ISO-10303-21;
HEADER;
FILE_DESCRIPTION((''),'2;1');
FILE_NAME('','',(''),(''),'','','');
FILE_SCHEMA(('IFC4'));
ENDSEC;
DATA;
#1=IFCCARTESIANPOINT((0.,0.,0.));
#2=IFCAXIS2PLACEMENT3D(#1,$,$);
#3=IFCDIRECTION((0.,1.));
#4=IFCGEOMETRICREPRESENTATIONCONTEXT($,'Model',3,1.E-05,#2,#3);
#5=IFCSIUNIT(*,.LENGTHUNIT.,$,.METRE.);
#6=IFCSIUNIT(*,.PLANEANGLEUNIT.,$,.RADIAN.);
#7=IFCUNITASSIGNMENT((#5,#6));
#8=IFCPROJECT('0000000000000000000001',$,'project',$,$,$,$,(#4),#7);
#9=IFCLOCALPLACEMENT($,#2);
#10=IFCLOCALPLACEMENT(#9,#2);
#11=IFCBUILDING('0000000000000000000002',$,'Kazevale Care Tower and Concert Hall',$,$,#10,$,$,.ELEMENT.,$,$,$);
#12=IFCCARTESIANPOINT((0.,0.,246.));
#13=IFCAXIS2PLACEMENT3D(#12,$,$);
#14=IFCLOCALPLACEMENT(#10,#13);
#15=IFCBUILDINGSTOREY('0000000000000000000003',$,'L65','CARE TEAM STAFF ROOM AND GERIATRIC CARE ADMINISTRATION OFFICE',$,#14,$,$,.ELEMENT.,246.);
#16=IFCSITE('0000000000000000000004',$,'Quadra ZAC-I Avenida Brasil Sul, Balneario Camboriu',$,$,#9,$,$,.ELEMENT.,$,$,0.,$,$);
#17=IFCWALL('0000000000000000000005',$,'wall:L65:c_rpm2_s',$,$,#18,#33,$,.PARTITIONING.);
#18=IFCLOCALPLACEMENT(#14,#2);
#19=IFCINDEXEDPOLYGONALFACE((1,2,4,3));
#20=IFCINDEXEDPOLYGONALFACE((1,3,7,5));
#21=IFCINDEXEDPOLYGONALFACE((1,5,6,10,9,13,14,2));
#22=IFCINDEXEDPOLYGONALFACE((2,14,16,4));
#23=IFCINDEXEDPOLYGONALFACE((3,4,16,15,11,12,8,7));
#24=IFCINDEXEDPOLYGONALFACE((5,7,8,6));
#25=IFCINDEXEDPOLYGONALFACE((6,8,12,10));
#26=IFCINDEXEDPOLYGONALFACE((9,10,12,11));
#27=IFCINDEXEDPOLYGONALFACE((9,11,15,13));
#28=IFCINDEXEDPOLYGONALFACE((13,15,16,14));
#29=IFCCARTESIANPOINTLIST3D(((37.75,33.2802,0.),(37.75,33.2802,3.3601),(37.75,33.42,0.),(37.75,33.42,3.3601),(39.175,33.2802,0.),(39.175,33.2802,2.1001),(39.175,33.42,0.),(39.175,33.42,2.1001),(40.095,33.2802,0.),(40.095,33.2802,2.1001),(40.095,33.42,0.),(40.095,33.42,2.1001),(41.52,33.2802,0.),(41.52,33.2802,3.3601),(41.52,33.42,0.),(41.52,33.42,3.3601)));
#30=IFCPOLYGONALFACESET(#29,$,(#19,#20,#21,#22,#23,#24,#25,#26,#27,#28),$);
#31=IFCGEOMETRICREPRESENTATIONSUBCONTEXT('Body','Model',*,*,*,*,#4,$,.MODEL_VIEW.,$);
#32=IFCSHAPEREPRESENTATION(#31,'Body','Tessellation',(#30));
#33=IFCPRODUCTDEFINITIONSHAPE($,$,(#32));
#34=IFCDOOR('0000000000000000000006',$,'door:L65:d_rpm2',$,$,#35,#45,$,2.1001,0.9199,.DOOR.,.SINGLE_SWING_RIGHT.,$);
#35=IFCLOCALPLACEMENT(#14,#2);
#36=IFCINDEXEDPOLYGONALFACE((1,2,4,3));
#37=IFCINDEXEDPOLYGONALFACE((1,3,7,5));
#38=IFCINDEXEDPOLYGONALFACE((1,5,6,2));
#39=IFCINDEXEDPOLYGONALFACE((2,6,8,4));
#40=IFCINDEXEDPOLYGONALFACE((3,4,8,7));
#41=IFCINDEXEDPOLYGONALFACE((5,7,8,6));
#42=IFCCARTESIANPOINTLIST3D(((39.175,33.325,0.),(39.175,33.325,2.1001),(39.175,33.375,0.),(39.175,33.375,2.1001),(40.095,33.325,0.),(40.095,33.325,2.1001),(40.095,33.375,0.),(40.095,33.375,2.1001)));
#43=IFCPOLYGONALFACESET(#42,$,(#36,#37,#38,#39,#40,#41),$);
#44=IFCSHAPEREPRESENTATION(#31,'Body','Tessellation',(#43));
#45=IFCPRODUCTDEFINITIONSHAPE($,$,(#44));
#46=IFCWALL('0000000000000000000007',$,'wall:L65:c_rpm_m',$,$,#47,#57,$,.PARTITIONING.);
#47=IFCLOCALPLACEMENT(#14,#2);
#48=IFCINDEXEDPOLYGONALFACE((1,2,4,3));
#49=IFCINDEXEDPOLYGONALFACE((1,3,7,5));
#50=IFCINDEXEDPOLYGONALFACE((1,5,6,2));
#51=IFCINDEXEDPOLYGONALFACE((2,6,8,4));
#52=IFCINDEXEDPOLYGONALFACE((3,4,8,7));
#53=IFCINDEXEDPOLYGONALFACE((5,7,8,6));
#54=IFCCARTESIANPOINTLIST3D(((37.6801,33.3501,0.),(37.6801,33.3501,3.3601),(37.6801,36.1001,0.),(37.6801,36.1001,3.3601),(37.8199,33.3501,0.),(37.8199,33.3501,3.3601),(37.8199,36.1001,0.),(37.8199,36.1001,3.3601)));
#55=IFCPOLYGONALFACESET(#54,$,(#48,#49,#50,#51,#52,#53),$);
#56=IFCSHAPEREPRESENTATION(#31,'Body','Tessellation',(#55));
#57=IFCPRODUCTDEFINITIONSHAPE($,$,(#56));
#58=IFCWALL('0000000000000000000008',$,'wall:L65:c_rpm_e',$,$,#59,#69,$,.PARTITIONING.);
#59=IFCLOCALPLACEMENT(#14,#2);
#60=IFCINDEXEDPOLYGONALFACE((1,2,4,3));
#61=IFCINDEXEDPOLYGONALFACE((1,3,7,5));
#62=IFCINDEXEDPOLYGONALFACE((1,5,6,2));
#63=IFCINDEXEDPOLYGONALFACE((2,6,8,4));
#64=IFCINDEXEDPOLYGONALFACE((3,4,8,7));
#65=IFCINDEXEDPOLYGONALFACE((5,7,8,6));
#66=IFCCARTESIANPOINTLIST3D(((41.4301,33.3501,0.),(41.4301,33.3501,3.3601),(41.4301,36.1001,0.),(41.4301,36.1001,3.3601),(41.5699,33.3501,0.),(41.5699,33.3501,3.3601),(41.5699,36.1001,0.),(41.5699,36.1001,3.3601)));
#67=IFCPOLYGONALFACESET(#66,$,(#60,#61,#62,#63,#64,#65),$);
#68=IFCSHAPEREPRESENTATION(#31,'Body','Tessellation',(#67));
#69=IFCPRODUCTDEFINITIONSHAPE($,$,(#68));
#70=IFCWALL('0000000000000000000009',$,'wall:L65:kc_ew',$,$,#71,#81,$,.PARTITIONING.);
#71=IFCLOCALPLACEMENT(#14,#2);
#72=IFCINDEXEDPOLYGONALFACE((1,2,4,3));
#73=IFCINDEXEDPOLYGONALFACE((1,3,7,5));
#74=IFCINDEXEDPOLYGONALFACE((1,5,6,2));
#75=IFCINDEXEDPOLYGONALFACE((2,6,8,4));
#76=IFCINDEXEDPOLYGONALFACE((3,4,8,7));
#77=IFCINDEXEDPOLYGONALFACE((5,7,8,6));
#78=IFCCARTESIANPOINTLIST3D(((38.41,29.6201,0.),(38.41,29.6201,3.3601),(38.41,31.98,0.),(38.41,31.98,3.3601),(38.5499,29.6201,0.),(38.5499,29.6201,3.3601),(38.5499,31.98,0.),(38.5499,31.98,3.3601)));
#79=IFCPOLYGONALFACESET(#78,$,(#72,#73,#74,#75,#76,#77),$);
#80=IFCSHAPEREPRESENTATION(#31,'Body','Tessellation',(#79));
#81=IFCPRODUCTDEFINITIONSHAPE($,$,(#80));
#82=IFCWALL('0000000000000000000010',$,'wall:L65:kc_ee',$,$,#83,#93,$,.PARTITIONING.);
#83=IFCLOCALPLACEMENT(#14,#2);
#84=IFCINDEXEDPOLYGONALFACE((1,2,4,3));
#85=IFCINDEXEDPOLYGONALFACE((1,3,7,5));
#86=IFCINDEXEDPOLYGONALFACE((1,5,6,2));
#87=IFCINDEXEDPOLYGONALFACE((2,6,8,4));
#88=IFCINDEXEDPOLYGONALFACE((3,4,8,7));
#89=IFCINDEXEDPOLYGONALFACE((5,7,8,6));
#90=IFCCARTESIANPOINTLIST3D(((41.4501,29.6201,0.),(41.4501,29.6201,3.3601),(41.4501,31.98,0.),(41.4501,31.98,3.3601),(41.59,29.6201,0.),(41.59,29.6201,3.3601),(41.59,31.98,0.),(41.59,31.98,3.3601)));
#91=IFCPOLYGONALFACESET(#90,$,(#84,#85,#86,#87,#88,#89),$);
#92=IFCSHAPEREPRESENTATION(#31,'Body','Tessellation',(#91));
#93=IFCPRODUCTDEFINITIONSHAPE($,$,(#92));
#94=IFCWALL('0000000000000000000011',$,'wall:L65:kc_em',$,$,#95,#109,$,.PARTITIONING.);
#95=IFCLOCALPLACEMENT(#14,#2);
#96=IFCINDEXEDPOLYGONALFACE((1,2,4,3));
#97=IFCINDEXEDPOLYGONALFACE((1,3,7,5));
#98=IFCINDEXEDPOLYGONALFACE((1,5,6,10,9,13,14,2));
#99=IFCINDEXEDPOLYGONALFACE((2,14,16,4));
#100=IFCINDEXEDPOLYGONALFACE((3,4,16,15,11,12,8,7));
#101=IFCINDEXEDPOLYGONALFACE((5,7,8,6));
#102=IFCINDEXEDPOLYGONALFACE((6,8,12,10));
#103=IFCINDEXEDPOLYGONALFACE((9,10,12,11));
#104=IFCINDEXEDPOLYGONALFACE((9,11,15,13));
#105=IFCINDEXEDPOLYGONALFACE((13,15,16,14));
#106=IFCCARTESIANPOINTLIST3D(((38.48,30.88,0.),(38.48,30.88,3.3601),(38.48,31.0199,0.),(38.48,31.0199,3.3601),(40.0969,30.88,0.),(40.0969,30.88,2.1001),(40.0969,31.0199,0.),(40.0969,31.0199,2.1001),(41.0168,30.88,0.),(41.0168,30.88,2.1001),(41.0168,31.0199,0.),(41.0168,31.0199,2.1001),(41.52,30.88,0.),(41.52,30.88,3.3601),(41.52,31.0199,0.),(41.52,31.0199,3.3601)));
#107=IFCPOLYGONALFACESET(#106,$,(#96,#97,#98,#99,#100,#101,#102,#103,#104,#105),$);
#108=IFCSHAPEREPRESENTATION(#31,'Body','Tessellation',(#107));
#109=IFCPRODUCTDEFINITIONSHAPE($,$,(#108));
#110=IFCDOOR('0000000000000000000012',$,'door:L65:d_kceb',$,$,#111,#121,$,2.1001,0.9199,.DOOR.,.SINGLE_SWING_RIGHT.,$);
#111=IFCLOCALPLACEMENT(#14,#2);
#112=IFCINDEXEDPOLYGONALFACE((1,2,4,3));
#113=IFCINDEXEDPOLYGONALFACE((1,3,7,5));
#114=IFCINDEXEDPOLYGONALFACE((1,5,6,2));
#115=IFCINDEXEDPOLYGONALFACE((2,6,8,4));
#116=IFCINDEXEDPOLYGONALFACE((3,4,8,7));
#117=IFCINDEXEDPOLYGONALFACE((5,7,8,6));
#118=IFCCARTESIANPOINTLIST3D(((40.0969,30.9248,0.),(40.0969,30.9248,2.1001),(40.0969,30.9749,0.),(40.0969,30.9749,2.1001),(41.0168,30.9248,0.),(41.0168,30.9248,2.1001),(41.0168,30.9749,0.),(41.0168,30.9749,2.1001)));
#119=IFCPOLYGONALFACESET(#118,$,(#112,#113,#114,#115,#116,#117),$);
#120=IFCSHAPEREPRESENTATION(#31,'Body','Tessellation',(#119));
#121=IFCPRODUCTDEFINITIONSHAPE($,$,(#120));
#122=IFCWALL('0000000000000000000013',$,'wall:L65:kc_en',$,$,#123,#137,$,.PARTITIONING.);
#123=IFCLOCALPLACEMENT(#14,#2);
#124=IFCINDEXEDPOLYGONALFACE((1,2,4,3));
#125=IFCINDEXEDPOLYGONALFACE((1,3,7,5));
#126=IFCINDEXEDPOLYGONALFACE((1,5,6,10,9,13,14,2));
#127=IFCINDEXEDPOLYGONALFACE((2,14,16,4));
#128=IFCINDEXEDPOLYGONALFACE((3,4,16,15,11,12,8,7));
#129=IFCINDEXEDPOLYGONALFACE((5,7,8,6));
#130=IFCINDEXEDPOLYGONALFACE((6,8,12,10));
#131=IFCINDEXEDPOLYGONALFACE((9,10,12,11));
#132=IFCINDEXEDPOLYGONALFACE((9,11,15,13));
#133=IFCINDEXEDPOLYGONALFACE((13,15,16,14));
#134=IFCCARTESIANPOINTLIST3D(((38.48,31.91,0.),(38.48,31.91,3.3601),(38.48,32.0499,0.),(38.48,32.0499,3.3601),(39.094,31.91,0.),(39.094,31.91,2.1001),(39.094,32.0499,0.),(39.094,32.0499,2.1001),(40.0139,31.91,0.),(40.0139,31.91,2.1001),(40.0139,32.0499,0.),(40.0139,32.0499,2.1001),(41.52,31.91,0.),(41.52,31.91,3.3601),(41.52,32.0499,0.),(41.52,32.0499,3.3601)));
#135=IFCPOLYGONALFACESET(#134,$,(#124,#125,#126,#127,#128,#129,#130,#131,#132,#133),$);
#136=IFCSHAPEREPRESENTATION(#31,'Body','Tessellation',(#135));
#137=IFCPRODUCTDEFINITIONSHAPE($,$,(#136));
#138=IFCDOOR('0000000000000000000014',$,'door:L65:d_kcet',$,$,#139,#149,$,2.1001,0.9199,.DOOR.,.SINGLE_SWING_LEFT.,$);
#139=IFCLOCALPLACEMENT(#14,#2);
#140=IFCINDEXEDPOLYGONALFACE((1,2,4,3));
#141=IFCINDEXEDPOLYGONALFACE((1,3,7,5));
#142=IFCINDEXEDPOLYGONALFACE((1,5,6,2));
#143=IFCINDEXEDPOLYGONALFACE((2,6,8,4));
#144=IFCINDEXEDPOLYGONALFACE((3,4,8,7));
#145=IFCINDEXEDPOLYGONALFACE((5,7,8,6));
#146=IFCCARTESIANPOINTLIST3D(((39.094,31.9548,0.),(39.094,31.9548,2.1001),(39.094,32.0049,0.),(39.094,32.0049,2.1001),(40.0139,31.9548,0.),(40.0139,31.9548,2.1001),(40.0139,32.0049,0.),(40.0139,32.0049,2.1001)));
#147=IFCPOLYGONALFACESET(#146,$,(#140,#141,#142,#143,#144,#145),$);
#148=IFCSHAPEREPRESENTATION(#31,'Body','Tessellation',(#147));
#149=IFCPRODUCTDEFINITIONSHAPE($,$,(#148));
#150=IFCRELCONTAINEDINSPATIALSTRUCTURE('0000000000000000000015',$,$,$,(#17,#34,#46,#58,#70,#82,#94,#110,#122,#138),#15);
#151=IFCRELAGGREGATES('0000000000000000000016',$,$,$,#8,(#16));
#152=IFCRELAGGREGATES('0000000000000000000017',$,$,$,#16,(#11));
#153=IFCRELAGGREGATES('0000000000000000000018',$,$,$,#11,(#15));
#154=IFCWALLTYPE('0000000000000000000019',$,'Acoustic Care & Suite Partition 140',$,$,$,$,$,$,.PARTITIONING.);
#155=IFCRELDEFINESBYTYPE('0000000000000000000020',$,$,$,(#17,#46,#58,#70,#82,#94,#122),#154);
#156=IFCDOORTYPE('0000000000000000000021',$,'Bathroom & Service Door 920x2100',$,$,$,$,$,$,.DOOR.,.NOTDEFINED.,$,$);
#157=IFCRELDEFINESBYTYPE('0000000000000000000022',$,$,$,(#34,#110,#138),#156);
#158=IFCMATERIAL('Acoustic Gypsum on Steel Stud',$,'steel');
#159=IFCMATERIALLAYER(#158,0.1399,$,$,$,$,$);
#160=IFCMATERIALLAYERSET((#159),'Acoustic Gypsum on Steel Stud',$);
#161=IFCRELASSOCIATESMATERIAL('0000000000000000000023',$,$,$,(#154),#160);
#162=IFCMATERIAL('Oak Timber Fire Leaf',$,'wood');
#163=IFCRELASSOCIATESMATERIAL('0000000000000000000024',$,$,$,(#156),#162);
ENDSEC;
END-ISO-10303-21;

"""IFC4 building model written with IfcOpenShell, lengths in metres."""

from ifc_helpers import new_model, si_unit, direction, frame, frame_2d, origin, place, context, subcontext, project, spatial, rectangle, extrude, material, layer, layer_set, type_object, element, fill, save


model = new_model("IFC4")

# Units and contexts
model_context = context("Model", 3, precision=1e-05, world=origin(), true_north=direction((0.0, 1.0)))
body_context = subcontext(model_context, "Body", "Model", "MODEL_VIEW")
ifc_project = project(units=[si_unit("LENGTHUNIT", "METRE"), si_unit("PLANEANGLEUNIT", "RADIAN")], contexts=[model_context])

# Site, building, storey
site_placement = place(None, origin())
site = spatial("IfcSite", under=ifc_project, at=site_placement, Name="Quadra ZAC-I Avenida Brasil Sul, Balneario Camboriu", CompositionType="ELEMENT", RefElevation=0.0)
building_placement = place(site_placement, origin())
building = spatial("IfcBuilding", under=site, at=building_placement, Name="Kazevale Care Tower and Concert Hall", CompositionType="ELEMENT")
storey_placement = place(building_placement, frame((0.0, 0.0, 246.0)))
storey = spatial("IfcBuildingStorey", under=building, at=storey_placement, Name="L65", Description="CARE TEAM STAFF ROOM AND GERIATRIC CARE ADMINISTRATION OFFICE", CompositionType="ELEMENT", Elevation=246.0)

# Wall, opening, door
ifc_material_1 = material(Name="Acoustic Gypsum on Steel Stud", Category="steel")
ifc_layer = layer(ifc_material_1, 0.1399)
ifc_layer_set = layer_set([ifc_layer], Name="Acoustic Gypsum on Steel Stud")
wall_type = type_object("IfcWallType", Name="Acoustic Care & Suite Partition 140", PredefinedType="PARTITIONING", material=ifc_layer_set)
wall_1_placement = place(storey_placement, frame((37.75, 33.3501, 0.0), z_axis=(0.0, 0.0, 1.0), x_axis=(1.0, 0.0, 0.0)))
wall_1 = element("IfcWall", 1, at=wall_1_placement, inside=storey, type_object=wall_type, Name="wall:L65:c_rpm2_s", PredefinedType="PARTITIONING", context=body_context, shape_type="SweptSolid", body=[
    extrude(rectangle(XDim=3.77, YDim=0.1399, at=frame_2d((1.885, 0.0))), origin(), (0.0, 0.0, 1.0), 3.3601),
])
opening_1_placement = place(wall_1_placement, frame((1.425, 0.0, 0.0)))
opening_1 = element("IfcOpeningElement", 2, at=opening_1_placement, cuts=wall_1, PredefinedType="OPENING", context=body_context, shape_type="SweptSolid", body=[
    extrude(rectangle(XDim=0.9199, YDim=2.1001, at=frame_2d((0.46, 1.05))), frame((0.0, 0.0798, 0.0), z_axis=(0.0, -1.0, 0.0), x_axis=(1.0, 0.0, 0.0)), (0.0, 0.0, 1.0), 0.1599),
])
ifc_material_2 = material(Name="Oak Timber Fire Leaf", Category="wood")
door_type = type_object("IfcDoorType", Name="Bathroom & Service Door 920x2100", OperationType="NOTDEFINED", PredefinedType="DOOR", material=ifc_material_2)
door_1_placement = place(opening_1_placement, origin())
door_1 = element("IfcDoor", 3, at=door_1_placement, inside=storey, type_object=door_type, Name="door:L65:d_rpm2", OperationType="SINGLE_SWING_RIGHT", OverallHeight=2.1001, OverallWidth=0.9199, PredefinedType="DOOR", context=body_context, shape_type="SweptSolid", body=[
    extrude(rectangle(XDim=0.9199, YDim=2.1001, at=frame_2d((0.46, 1.05))), frame((0.0, 0.0249, 0.0), z_axis=(0.0, -1.0, 0.0), x_axis=(1.0, 0.0, 0.0)), (0.0, 0.0, 1.0), 0.05),
])
fill(opening_1, door_1)

# Walls
for number, where, z_axis, x_axis, name in (
    (4, (37.75, 33.3501, 0.0), (0.0, 0.0, 1.0), (0.0, 1.0, 0.0), "wall:L65:c_rpm_m"),
    (5, (41.5, 33.3501, 0.0), (0.0, 0.0, 1.0), (0.0, 1.0, 0.0), "wall:L65:c_rpm_e"),
):
    element("IfcWall", number, at=place(storey_placement, frame(where, z_axis=z_axis, x_axis=x_axis)), inside=storey, type_object=wall_type, Name=name, PredefinedType="PARTITIONING", context=body_context, shape_type="SweptSolid", body=[
        extrude(rectangle(XDim=2.75, YDim=0.1399, at=frame_2d((1.375, 0.0))), origin(), (0.0, 0.0, 1.0), 3.3601),
    ])
for number, where, z_axis, x_axis, name in (
    (6, (38.48, 29.6201, 0.0), (0.0, 0.0, 1.0), (0.0, 1.0, 0.0), "wall:L65:kc_ew"),
    (7, (41.52, 29.6201, 0.0), (0.0, 0.0, 1.0), (0.0, 1.0, 0.0), "wall:L65:kc_ee"),
):
    element("IfcWall", number, at=place(storey_placement, frame(where, z_axis=z_axis, x_axis=x_axis)), inside=storey, type_object=wall_type, Name=name, PredefinedType="PARTITIONING", context=body_context, shape_type="SweptSolid", body=[
        extrude(rectangle(XDim=2.3599, YDim=0.1399, at=frame_2d((1.1799, 0.0))), origin(), (0.0, 0.0, 1.0), 3.3601),
    ])

# Walls, openings, doors
wall_2_placement = place(storey_placement, frame((38.48, 30.95, 0.0), z_axis=(0.0, 0.0, 1.0), x_axis=(1.0, 0.0, 0.0)))
wall_2 = element("IfcWall", 8, at=wall_2_placement, inside=storey, type_object=wall_type, Name="wall:L65:kc_em", PredefinedType="PARTITIONING", context=body_context, shape_type="SweptSolid", body=[
    extrude(rectangle(XDim=3.04, YDim=0.1399, at=frame_2d((1.52, 0.0))), origin(), (0.0, 0.0, 1.0), 3.3601),
])
opening_2_placement = place(wall_2_placement, frame((1.6169, 0.0, 0.0)))
opening_2 = element("IfcOpeningElement", 9, at=opening_2_placement, cuts=wall_2, PredefinedType="OPENING", context=body_context, shape_type="SweptSolid", body=[
    extrude(rectangle(XDim=0.9199, YDim=2.1001, at=frame_2d((0.46, 1.05))), frame((0.0, 0.0798, 0.0), z_axis=(0.0, -1.0, 0.0), x_axis=(1.0, 0.0, 0.0)), (0.0, 0.0, 1.0), 0.1599),
])
door_2_placement = place(opening_2_placement, origin())
door_2 = element("IfcDoor", 10, at=door_2_placement, inside=storey, type_object=door_type, Name="door:L65:d_kceb", OperationType="SINGLE_SWING_RIGHT", OverallHeight=2.1001, OverallWidth=0.9199, PredefinedType="DOOR", context=body_context, shape_type="SweptSolid", body=[
    extrude(rectangle(XDim=0.9199, YDim=2.1001, at=frame_2d((0.46, 1.05))), frame((0.0, 0.0249, 0.0), z_axis=(0.0, -1.0, 0.0), x_axis=(1.0, 0.0, 0.0)), (0.0, 0.0, 1.0), 0.05),
])
fill(opening_2, door_2)
wall_3_placement = place(storey_placement, frame((38.48, 31.98, 0.0), z_axis=(0.0, 0.0, 1.0), x_axis=(1.0, 0.0, 0.0)))
wall_3 = element("IfcWall", 11, at=wall_3_placement, inside=storey, type_object=wall_type, Name="wall:L65:kc_en", PredefinedType="PARTITIONING", context=body_context, shape_type="SweptSolid", body=[
    extrude(rectangle(XDim=3.04, YDim=0.1399, at=frame_2d((1.52, 0.0))), origin(), (0.0, 0.0, 1.0), 3.3601),
])
opening_3_placement = place(wall_3_placement, frame((0.614, 0.0, 0.0)))
opening_3 = element("IfcOpeningElement", 12, at=opening_3_placement, cuts=wall_3, PredefinedType="OPENING", context=body_context, shape_type="SweptSolid", body=[
    extrude(rectangle(XDim=0.9199, YDim=2.1001, at=frame_2d((0.46, 1.05))), frame((0.0, 0.0798, 0.0), z_axis=(0.0, -1.0, 0.0), x_axis=(1.0, 0.0, 0.0)), (0.0, 0.0, 1.0), 0.1599),
])
door_3_placement = place(opening_3_placement, origin())
door_3 = element("IfcDoor", 13, at=door_3_placement, inside=storey, type_object=door_type, Name="door:L65:d_kcet", OperationType="SINGLE_SWING_LEFT", OverallHeight=2.1001, OverallWidth=0.9199, PredefinedType="DOOR", context=body_context, shape_type="SweptSolid", body=[
    extrude(rectangle(XDim=0.9199, YDim=2.1001, at=frame_2d((0.46, 1.05))), frame((0.0, 0.0249, 0.0), z_axis=(0.0, -1.0, 0.0), x_axis=(1.0, 0.0, 0.0)), (0.0, 0.0, 1.0), 0.05),
])
fill(opening_3, door_3)

save(model, "model.ifc")
